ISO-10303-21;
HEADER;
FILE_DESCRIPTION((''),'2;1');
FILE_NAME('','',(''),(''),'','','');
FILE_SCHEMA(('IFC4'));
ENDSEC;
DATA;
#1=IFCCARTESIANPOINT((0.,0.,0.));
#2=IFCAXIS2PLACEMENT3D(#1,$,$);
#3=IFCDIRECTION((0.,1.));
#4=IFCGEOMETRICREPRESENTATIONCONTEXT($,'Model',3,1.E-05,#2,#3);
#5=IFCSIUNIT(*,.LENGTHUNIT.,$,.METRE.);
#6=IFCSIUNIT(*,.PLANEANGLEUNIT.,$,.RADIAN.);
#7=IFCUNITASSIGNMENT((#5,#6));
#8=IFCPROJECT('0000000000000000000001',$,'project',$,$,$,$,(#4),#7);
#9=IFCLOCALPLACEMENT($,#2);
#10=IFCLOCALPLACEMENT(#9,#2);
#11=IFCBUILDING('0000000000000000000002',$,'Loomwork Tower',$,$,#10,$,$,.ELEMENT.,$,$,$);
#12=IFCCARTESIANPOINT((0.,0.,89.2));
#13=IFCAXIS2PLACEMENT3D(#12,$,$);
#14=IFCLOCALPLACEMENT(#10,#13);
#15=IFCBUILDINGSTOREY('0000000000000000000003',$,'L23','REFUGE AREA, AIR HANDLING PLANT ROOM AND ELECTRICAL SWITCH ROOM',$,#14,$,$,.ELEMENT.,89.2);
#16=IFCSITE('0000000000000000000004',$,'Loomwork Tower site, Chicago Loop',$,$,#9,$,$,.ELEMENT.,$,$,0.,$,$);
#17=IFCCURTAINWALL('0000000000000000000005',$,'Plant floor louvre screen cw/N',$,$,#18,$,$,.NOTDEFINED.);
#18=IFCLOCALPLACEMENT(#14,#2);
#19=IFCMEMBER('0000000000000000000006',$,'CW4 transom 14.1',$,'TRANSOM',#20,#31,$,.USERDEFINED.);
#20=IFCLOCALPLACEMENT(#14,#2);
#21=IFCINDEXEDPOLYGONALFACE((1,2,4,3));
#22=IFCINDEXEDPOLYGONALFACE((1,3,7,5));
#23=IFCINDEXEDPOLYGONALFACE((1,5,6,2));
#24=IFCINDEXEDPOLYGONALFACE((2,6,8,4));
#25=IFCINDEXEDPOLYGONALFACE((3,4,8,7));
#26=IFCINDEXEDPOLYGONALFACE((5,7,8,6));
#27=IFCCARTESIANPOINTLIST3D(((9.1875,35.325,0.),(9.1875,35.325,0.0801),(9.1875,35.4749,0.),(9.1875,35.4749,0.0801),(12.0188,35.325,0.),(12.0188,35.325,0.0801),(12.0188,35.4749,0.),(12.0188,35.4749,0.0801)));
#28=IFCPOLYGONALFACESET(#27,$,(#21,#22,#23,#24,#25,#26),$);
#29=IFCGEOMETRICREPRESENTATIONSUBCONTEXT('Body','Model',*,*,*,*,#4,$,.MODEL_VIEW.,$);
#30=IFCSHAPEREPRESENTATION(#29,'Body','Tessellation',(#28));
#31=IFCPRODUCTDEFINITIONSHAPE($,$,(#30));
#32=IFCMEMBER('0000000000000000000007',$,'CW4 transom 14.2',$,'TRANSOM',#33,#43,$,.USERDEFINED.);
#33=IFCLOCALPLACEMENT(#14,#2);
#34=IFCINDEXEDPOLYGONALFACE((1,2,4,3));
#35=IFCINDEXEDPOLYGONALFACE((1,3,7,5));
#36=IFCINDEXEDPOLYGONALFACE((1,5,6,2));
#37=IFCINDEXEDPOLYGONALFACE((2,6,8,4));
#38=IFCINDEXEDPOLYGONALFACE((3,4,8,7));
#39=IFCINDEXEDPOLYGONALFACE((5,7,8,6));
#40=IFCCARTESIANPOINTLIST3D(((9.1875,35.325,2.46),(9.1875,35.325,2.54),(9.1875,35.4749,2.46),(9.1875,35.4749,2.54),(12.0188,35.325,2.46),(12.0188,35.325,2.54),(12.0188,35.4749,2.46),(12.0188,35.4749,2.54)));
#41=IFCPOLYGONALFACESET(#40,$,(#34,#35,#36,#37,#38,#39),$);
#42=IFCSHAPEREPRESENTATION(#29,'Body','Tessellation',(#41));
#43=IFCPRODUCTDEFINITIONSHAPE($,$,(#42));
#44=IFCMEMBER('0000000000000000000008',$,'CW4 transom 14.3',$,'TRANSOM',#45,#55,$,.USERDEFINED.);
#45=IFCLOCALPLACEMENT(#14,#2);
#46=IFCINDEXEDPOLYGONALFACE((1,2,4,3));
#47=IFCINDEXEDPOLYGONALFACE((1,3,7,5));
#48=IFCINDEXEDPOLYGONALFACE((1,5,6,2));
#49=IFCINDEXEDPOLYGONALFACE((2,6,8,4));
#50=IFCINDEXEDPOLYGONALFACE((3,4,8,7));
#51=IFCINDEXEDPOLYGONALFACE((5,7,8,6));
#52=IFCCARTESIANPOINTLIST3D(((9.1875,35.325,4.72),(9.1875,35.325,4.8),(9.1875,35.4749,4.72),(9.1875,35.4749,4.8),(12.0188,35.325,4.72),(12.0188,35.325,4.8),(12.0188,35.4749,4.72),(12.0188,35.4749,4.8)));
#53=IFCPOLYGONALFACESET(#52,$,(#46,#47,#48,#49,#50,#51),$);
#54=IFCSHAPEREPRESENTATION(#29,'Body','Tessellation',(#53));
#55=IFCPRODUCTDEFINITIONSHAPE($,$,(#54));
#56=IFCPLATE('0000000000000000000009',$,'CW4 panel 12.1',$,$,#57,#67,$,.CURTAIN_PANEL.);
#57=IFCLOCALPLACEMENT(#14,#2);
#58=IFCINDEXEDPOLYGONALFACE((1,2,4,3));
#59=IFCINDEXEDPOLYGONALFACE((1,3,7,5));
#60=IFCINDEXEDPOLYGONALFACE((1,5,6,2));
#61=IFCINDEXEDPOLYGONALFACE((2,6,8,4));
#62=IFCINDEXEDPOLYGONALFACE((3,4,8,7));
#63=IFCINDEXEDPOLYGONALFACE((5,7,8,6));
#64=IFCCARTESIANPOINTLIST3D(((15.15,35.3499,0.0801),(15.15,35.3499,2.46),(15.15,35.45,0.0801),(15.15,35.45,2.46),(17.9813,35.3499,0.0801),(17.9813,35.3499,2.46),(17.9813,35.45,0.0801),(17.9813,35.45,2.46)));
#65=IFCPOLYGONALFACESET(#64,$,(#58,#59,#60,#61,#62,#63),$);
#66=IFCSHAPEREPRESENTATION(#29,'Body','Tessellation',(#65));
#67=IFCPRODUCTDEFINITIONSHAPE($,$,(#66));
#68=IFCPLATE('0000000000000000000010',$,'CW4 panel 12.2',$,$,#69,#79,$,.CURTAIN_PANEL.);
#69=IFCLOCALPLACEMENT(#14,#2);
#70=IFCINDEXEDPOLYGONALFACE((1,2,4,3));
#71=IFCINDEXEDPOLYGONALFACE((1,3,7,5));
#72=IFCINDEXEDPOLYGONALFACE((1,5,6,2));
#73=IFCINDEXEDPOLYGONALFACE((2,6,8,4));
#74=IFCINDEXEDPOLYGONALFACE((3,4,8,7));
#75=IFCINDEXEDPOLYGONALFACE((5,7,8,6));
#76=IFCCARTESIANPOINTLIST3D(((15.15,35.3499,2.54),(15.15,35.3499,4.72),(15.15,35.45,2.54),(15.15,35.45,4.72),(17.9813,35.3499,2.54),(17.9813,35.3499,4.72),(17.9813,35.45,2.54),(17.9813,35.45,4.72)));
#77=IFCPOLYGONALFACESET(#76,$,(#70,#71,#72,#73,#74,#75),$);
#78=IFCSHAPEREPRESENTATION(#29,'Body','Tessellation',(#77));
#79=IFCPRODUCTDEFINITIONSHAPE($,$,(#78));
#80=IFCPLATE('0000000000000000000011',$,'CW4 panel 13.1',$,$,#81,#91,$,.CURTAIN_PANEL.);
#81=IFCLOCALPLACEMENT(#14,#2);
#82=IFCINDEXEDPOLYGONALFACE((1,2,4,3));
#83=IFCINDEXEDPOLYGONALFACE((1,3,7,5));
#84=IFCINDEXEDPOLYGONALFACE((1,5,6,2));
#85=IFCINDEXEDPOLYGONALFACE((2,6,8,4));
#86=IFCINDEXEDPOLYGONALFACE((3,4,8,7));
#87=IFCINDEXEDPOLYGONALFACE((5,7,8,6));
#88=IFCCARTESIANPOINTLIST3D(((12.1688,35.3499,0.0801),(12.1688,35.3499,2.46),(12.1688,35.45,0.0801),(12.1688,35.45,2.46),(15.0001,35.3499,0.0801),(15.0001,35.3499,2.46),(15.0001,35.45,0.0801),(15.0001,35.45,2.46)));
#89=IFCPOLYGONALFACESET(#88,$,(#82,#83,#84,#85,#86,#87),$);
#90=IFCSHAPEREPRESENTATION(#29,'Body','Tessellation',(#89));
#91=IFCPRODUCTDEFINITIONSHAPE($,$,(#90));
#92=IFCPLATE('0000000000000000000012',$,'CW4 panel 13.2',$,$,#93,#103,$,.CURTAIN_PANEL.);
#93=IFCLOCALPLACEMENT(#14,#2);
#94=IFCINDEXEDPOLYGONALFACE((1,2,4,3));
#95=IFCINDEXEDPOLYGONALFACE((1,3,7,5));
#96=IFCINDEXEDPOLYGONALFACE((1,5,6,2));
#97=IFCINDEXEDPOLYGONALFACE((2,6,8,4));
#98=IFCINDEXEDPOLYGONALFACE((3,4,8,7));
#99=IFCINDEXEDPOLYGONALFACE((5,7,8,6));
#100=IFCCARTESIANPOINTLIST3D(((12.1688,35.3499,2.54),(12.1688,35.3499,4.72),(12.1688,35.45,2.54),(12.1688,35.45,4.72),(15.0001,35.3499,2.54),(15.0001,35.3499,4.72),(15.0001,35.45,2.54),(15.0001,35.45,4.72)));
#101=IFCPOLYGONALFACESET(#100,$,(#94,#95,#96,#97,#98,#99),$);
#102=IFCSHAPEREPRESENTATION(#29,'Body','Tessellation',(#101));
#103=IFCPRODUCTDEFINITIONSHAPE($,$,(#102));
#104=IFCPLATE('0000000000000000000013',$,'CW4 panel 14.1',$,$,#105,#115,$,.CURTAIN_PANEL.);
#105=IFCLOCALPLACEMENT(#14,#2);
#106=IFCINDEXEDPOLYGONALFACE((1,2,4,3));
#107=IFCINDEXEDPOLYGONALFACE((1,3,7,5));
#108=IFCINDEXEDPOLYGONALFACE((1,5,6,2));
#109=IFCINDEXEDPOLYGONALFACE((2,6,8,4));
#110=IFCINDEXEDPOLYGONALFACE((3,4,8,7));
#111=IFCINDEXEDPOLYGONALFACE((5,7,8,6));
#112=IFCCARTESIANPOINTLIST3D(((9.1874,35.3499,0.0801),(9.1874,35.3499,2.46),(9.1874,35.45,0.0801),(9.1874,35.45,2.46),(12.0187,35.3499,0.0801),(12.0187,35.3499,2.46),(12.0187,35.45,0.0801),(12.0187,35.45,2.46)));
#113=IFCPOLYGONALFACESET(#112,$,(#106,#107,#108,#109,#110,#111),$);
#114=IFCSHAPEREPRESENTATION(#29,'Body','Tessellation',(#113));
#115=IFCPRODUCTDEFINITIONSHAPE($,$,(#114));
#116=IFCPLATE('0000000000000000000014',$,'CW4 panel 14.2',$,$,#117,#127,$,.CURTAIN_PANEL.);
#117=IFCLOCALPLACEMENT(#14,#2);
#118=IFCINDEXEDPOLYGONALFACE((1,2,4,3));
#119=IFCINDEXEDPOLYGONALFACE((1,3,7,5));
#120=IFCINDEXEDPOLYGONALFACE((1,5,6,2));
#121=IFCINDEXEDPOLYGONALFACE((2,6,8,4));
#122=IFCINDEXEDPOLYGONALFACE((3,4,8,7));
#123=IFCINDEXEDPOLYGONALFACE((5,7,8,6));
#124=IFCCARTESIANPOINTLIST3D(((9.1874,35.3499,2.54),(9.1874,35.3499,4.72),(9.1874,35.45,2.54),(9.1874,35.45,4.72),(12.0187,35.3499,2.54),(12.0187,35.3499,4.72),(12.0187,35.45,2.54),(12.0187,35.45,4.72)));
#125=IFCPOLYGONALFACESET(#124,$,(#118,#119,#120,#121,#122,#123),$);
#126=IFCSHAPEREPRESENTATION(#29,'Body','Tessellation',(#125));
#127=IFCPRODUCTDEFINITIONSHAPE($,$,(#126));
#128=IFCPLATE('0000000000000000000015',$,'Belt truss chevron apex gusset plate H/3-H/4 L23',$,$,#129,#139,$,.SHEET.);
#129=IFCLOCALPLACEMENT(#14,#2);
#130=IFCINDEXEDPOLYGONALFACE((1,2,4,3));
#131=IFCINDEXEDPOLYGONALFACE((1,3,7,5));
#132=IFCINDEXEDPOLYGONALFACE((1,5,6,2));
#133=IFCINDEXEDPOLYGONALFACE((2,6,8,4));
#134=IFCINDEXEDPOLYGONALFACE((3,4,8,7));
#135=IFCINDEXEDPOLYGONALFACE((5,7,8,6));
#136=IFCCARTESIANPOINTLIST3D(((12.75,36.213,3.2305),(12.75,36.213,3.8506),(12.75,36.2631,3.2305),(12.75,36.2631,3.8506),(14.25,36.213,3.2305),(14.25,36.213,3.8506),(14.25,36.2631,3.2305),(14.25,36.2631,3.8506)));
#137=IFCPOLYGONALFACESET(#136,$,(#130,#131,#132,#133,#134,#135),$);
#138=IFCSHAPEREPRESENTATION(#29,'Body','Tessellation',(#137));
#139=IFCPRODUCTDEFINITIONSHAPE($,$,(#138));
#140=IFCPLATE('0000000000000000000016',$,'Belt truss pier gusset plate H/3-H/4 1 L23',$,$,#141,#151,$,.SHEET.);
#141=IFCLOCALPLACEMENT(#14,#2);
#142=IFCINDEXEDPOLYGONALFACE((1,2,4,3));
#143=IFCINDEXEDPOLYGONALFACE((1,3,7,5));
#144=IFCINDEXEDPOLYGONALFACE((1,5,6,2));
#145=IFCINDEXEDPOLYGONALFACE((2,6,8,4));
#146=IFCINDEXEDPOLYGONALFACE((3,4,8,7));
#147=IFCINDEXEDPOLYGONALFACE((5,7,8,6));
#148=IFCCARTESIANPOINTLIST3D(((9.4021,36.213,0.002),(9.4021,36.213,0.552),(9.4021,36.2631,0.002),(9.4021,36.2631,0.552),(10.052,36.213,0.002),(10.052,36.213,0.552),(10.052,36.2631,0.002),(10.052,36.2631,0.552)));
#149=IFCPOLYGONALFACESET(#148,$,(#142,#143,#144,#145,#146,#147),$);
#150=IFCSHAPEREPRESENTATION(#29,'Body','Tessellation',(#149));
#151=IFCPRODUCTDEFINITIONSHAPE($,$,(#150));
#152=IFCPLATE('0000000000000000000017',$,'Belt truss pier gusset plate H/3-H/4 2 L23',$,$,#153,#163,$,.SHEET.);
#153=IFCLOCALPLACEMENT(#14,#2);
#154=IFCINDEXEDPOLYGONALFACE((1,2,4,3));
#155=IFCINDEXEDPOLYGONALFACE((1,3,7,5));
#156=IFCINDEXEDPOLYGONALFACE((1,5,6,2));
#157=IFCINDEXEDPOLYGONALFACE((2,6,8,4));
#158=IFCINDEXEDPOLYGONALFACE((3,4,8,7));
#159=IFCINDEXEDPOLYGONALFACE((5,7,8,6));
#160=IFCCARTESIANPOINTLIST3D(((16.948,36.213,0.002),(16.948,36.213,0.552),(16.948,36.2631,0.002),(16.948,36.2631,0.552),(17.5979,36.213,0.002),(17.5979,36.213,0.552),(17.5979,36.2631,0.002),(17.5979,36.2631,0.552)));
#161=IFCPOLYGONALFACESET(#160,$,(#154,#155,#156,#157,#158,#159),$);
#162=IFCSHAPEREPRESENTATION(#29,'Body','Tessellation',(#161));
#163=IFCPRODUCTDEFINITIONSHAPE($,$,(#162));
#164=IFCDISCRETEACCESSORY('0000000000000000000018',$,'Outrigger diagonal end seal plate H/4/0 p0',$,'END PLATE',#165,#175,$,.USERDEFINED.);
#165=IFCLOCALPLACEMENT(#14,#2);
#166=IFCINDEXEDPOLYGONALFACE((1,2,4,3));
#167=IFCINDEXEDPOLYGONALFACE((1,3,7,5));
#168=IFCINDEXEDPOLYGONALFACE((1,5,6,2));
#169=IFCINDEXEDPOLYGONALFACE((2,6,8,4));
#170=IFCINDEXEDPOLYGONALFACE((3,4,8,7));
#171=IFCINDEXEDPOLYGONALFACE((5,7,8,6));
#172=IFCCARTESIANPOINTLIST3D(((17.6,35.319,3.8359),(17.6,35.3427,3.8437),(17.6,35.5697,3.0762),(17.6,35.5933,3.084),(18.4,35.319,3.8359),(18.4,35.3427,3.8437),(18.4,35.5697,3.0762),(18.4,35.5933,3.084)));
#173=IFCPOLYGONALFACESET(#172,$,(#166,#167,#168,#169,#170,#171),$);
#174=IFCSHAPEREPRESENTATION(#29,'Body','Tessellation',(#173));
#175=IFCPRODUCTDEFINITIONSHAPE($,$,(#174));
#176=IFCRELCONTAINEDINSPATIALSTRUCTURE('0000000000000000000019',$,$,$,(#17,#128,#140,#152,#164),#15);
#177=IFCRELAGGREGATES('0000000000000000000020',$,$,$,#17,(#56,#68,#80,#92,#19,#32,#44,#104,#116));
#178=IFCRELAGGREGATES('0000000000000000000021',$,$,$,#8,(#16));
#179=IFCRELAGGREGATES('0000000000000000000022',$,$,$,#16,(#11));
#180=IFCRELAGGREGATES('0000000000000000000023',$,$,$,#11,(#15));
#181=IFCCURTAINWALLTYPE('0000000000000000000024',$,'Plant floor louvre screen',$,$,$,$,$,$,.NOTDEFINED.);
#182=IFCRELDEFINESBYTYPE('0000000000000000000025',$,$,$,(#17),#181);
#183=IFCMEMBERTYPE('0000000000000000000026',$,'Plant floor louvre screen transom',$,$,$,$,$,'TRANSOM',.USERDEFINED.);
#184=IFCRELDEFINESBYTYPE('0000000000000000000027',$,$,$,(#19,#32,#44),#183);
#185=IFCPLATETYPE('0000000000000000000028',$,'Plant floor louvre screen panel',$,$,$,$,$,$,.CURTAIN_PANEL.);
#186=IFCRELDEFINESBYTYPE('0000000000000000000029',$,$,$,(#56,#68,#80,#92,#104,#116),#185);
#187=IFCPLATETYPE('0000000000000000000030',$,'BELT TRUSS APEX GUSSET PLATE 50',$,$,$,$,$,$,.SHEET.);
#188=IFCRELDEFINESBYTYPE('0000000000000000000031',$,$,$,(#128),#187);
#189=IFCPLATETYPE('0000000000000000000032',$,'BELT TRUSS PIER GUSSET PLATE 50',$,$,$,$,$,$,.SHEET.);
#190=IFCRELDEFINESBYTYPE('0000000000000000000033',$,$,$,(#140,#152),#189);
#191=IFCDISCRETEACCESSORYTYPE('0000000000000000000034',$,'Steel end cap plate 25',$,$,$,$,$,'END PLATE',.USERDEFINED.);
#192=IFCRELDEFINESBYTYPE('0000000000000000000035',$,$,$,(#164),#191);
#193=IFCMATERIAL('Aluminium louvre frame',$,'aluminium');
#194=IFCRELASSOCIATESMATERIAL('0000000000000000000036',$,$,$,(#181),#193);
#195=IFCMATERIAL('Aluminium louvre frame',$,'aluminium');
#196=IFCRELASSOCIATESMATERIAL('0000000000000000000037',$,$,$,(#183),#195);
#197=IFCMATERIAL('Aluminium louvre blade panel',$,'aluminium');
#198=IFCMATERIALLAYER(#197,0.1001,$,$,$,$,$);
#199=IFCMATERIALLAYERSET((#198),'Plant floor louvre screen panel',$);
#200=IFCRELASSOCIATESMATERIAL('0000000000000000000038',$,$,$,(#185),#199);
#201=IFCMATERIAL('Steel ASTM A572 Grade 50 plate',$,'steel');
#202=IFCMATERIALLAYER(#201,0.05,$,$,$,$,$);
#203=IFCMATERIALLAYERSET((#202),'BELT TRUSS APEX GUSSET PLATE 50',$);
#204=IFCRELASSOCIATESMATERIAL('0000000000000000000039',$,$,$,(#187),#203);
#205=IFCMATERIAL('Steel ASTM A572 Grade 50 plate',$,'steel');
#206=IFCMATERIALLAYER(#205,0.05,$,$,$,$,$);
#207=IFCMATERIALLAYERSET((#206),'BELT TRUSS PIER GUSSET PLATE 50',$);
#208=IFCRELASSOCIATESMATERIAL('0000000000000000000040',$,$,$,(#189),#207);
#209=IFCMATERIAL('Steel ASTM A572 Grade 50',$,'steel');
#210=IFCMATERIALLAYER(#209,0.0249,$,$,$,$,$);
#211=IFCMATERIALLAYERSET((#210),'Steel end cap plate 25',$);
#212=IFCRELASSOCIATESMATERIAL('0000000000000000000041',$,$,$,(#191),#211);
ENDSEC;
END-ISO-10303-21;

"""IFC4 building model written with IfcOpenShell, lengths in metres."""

from ifc_helpers import new_model, si_unit, direction, frame, origin, origin_2d, place, context, subcontext, project, spatial, rectangle, extrude, material, layer, layer_set, material_profile, profile_set, type_object, element, aggregate, save


model = new_model("IFC4")

# Units and contexts
model_context = context("Model", 3, precision=1e-05, world=origin(), true_north=direction((0.0, 1.0)))
body_context = subcontext(model_context, "Body", "Model", "MODEL_VIEW")
ifc_project = project(units=[si_unit("LENGTHUNIT", "METRE"), si_unit("PLANEANGLEUNIT", "RADIAN")], contexts=[model_context])

# Site, building, storey
site_placement = place(None, origin())
site = spatial("IfcSite", under=ifc_project, at=site_placement, Name="Loomwork Tower site, Chicago Loop", CompositionType="ELEMENT", RefElevation=0.0)
building_placement = place(site_placement, origin())
building = spatial("IfcBuilding", under=site, at=building_placement, Name="Loomwork Tower", CompositionType="ELEMENT")
storey_placement = place(building_placement, frame((0.0, 0.0, 89.2)))
storey = spatial("IfcBuildingStorey", under=building, at=storey_placement, Name="L23", Description="REFUGE AREA, AIR HANDLING PLANT ROOM AND ELECTRICAL SWITCH ROOM", CompositionType="ELEMENT", Elevation=89.2)

# Curtain wall, members, plates
ifc_material_1 = material(Name="Aluminium louvre frame", Category="aluminium")
curtain_wall_type = type_object("IfcCurtainWallType", Name="Plant floor louvre screen", PredefinedType="NOTDEFINED", material=ifc_material_1)
curtain_wall_placement = place(storey_placement, origin())
curtain_wall = element("IfcCurtainWall", 1, at=curtain_wall_placement, inside=storey, type_object=curtain_wall_type, Name="Plant floor louvre screen cw/N", PredefinedType="NOTDEFINED")
ifc_material_2 = material(Name="Aluminium louvre frame", Category="aluminium")
ifc_material_profile_1 = material_profile(ifc_material_2, rectangle(XDim=0.1499, YDim=0.0801, at=origin_2d()), Name="AL 80x150")
ifc_profile_set_1 = profile_set([ifc_material_profile_1], Name="Aluminium louvre frame")
member_type_1 = type_object("IfcMemberType", Name="Plant floor louvre screen transom", ElementType="TRANSOM", PredefinedType="USERDEFINED", material=ifc_profile_set_1)
member_1_placement = place(storey_placement, frame((12.0188, 35.3999, 0.04), z_axis=(-1.0, 0.0, 0.0), x_axis=(0.0, -1.0, 0.0)))
member_1 = element("IfcMember", 2, at=member_1_placement, type_object=member_type_1, Name="CW4 transom 14.1", ObjectType="TRANSOM", PredefinedType="USERDEFINED", context=body_context, shape_type="SweptSolid", body=[
    extrude(rectangle(XDim=0.1499, YDim=0.0801, at=origin_2d()), origin(), (0.0, 0.0, 1.0), 2.8313),
])
member_2_placement = place(storey_placement, frame((12.0188, 35.3999, 2.5), z_axis=(-1.0, 0.0, 0.0), x_axis=(0.0, -1.0, 0.0)))
member_2 = element("IfcMember", 3, at=member_2_placement, type_object=member_type_1, Name="CW4 transom 14.2", ObjectType="TRANSOM", PredefinedType="USERDEFINED", context=body_context, shape_type="SweptSolid", body=[
    extrude(rectangle(XDim=0.1499, YDim=0.0801, at=origin_2d()), origin(), (0.0, 0.0, 1.0), 2.8313),
])
member_3_placement = place(storey_placement, frame((12.0188, 35.3999, 4.76), z_axis=(-1.0, 0.0, 0.0), x_axis=(0.0, -1.0, 0.0)))
member_3 = element("IfcMember", 4, at=member_3_placement, type_object=member_type_1, Name="CW4 transom 14.3", ObjectType="TRANSOM", PredefinedType="USERDEFINED", context=body_context, shape_type="SweptSolid", body=[
    extrude(rectangle(XDim=0.1499, YDim=0.0801, at=origin_2d()), origin(), (0.0, 0.0, 1.0), 2.8313),
])
ifc_material_3 = material(Name="Aluminium louvre blade panel", Category="aluminium")
ifc_layer_1 = layer(ifc_material_3, 0.1001)
ifc_layer_set_1 = layer_set([ifc_layer_1], Name="Plant floor louvre screen panel")
plate_type_1 = type_object("IfcPlateType", Name="Plant floor louvre screen panel", PredefinedType="CURTAIN_PANEL", material=ifc_layer_set_1)
plate_1_placement = place(storey_placement, frame((16.5657, 35.3999, 0.0801), z_axis=(0.0, 0.0, 1.0), x_axis=(-1.0, 0.0, 0.0)))
plate_1 = element("IfcPlate", 5, at=plate_1_placement, type_object=plate_type_1, Name="CW4 panel 12.1", PredefinedType="CURTAIN_PANEL", context=body_context, shape_type="SweptSolid", body=[
    extrude(rectangle(XDim=2.8313, YDim=0.1001, at=origin_2d()), origin(), (0.0, 0.0, 1.0), 2.3799),
])
plate_2_placement = place(storey_placement, frame((16.5657, 35.3999, 2.54), z_axis=(0.0, 0.0, 1.0), x_axis=(-1.0, 0.0, 0.0)))
plate_2 = element("IfcPlate", 6, at=plate_2_placement, type_object=plate_type_1, Name="CW4 panel 12.2", PredefinedType="CURTAIN_PANEL", context=body_context, shape_type="SweptSolid", body=[
    extrude(rectangle(XDim=2.8313, YDim=0.1001, at=origin_2d()), origin(), (0.0, 0.0, 1.0), 2.1799),
])
plate_3_placement = place(storey_placement, frame((13.5845, 35.3999, 0.0801), z_axis=(0.0, 0.0, 1.0), x_axis=(-1.0, 0.0, 0.0)))
plate_3 = element("IfcPlate", 7, at=plate_3_placement, type_object=plate_type_1, Name="CW4 panel 13.1", PredefinedType="CURTAIN_PANEL", context=body_context, shape_type="SweptSolid", body=[
    extrude(rectangle(XDim=2.8313, YDim=0.1001, at=origin_2d()), origin(), (0.0, 0.0, 1.0), 2.3799),
])
plate_4_placement = place(storey_placement, frame((13.5845, 35.3999, 2.54), z_axis=(0.0, 0.0, 1.0), x_axis=(-1.0, 0.0, 0.0)))
plate_4 = element("IfcPlate", 8, at=plate_4_placement, type_object=plate_type_1, Name="CW4 panel 13.2", PredefinedType="CURTAIN_PANEL", context=body_context, shape_type="SweptSolid", body=[
    extrude(rectangle(XDim=2.8313, YDim=0.1001, at=origin_2d()), origin(), (0.0, 0.0, 1.0), 2.1799),
])
plate_5_placement = place(storey_placement, frame((10.603, 35.3999, 0.0801), z_axis=(0.0, 0.0, 1.0), x_axis=(-1.0, 0.0, 0.0)))
plate_5 = element("IfcPlate", 9, at=plate_5_placement, type_object=plate_type_1, Name="CW4 panel 14.1", PredefinedType="CURTAIN_PANEL", context=body_context, shape_type="SweptSolid", body=[
    extrude(rectangle(XDim=2.8313, YDim=0.1001, at=origin_2d()), origin(), (0.0, 0.0, 1.0), 2.3799),
])
plate_6_placement = place(storey_placement, frame((10.603, 35.3999, 2.54), z_axis=(0.0, 0.0, 1.0), x_axis=(-1.0, 0.0, 0.0)))
plate_6 = element("IfcPlate", 10, at=plate_6_placement, type_object=plate_type_1, Name="CW4 panel 14.2", PredefinedType="CURTAIN_PANEL", context=body_context, shape_type="SweptSolid", body=[
    extrude(rectangle(XDim=2.8313, YDim=0.1001, at=origin_2d()), origin(), (0.0, 0.0, 1.0), 2.1799),
])
aggregate(curtain_wall, [plate_1, plate_2, plate_3, plate_4, member_1, member_2, member_3, plate_5, plate_6])

# Plates
ifc_material_4 = material(Name="Steel ASTM A572 Grade 50 plate", Category="steel")
ifc_layer_2 = layer(ifc_material_4, 0.05)
ifc_layer_set_2 = layer_set([ifc_layer_2], Name="BELT TRUSS APEX GUSSET PLATE 50")
plate_type_2 = type_object("IfcPlateType", Name="BELT TRUSS APEX GUSSET PLATE 50", PredefinedType="SHEET", material=ifc_layer_set_2)
plate_7_placement = place(storey_placement, frame((13.5, 36.238, 3.2305), z_axis=(0.0, 0.0, 1.0), x_axis=(1.0, 0.0, 0.0)))
element("IfcPlate", 11, at=plate_7_placement, inside=storey, type_object=plate_type_2, Name="Belt truss chevron apex gusset plate H/3-H/4 L23", PredefinedType="SHEET", context=body_context, shape_type="SweptSolid", body=[
    extrude(rectangle(XDim=1.5, YDim=0.05, at=origin_2d()), origin(), (0.0, 0.0, 1.0), 0.6201),
])
ifc_material_5 = material(Name="Steel ASTM A572 Grade 50 plate", Category="steel")
ifc_layer_3 = layer(ifc_material_5, 0.05)
ifc_layer_set_3 = layer_set([ifc_layer_3], Name="BELT TRUSS PIER GUSSET PLATE 50")
plate_type_3 = type_object("IfcPlateType", Name="BELT TRUSS PIER GUSSET PLATE 50", PredefinedType="SHEET", material=ifc_layer_set_3)
for number, where, z_axis, x_axis, name in (
    (12, (9.7271, 36.238, 0.002), (0.0, 0.0, 1.0), (1.0, 0.0, 0.0), "Belt truss pier gusset plate H/3-H/4 1 L23"),
    (13, (17.2729, 36.238, 0.002), (0.0, 0.0, 1.0), (1.0, 0.0, 0.0), "Belt truss pier gusset plate H/3-H/4 2 L23"),
):
    element("IfcPlate", number, at=place(storey_placement, frame(where, z_axis=z_axis, x_axis=x_axis)), inside=storey, type_object=plate_type_3, Name=name, PredefinedType="SHEET", context=body_context, shape_type="SweptSolid", body=[
        extrude(rectangle(XDim=0.6499, YDim=0.05, at=origin_2d()), origin(), (0.0, 0.0, 1.0), 0.55),
    ])

# Discrete accessory
ifc_material_6 = material(Name="Steel ASTM A572 Grade 50", Category="steel")
ifc_layer_4 = layer(ifc_material_6, 0.0249)
ifc_layer_set_4 = layer_set([ifc_layer_4], Name="Steel end cap plate 25")
discrete_accessory_type = type_object("IfcDiscreteAccessoryType", Name="Steel end cap plate 25", ElementType="END PLATE", PredefinedType="USERDEFINED", material=ifc_layer_set_4)
discrete_accessory_placement = place(storey_placement, frame((18.0, 35.4443, 3.4561), z_axis=(0.0, 0.949658, 0.313289), x_axis=(-1.0, 0.0, 0.0)))
element("IfcDiscreteAccessory", 14, at=discrete_accessory_placement, inside=storey, type_object=discrete_accessory_type, Name="Outrigger diagonal end seal plate H/4/0 p0", ObjectType="END PLATE", PredefinedType="USERDEFINED", context=body_context, shape_type="SweptSolid", body=[
    extrude(rectangle(XDim=0.8, YDim=0.8, at=origin_2d()), origin(), (0.0, 0.0, 1.0), 0.0249),
])

save(model, "model.ifc")
